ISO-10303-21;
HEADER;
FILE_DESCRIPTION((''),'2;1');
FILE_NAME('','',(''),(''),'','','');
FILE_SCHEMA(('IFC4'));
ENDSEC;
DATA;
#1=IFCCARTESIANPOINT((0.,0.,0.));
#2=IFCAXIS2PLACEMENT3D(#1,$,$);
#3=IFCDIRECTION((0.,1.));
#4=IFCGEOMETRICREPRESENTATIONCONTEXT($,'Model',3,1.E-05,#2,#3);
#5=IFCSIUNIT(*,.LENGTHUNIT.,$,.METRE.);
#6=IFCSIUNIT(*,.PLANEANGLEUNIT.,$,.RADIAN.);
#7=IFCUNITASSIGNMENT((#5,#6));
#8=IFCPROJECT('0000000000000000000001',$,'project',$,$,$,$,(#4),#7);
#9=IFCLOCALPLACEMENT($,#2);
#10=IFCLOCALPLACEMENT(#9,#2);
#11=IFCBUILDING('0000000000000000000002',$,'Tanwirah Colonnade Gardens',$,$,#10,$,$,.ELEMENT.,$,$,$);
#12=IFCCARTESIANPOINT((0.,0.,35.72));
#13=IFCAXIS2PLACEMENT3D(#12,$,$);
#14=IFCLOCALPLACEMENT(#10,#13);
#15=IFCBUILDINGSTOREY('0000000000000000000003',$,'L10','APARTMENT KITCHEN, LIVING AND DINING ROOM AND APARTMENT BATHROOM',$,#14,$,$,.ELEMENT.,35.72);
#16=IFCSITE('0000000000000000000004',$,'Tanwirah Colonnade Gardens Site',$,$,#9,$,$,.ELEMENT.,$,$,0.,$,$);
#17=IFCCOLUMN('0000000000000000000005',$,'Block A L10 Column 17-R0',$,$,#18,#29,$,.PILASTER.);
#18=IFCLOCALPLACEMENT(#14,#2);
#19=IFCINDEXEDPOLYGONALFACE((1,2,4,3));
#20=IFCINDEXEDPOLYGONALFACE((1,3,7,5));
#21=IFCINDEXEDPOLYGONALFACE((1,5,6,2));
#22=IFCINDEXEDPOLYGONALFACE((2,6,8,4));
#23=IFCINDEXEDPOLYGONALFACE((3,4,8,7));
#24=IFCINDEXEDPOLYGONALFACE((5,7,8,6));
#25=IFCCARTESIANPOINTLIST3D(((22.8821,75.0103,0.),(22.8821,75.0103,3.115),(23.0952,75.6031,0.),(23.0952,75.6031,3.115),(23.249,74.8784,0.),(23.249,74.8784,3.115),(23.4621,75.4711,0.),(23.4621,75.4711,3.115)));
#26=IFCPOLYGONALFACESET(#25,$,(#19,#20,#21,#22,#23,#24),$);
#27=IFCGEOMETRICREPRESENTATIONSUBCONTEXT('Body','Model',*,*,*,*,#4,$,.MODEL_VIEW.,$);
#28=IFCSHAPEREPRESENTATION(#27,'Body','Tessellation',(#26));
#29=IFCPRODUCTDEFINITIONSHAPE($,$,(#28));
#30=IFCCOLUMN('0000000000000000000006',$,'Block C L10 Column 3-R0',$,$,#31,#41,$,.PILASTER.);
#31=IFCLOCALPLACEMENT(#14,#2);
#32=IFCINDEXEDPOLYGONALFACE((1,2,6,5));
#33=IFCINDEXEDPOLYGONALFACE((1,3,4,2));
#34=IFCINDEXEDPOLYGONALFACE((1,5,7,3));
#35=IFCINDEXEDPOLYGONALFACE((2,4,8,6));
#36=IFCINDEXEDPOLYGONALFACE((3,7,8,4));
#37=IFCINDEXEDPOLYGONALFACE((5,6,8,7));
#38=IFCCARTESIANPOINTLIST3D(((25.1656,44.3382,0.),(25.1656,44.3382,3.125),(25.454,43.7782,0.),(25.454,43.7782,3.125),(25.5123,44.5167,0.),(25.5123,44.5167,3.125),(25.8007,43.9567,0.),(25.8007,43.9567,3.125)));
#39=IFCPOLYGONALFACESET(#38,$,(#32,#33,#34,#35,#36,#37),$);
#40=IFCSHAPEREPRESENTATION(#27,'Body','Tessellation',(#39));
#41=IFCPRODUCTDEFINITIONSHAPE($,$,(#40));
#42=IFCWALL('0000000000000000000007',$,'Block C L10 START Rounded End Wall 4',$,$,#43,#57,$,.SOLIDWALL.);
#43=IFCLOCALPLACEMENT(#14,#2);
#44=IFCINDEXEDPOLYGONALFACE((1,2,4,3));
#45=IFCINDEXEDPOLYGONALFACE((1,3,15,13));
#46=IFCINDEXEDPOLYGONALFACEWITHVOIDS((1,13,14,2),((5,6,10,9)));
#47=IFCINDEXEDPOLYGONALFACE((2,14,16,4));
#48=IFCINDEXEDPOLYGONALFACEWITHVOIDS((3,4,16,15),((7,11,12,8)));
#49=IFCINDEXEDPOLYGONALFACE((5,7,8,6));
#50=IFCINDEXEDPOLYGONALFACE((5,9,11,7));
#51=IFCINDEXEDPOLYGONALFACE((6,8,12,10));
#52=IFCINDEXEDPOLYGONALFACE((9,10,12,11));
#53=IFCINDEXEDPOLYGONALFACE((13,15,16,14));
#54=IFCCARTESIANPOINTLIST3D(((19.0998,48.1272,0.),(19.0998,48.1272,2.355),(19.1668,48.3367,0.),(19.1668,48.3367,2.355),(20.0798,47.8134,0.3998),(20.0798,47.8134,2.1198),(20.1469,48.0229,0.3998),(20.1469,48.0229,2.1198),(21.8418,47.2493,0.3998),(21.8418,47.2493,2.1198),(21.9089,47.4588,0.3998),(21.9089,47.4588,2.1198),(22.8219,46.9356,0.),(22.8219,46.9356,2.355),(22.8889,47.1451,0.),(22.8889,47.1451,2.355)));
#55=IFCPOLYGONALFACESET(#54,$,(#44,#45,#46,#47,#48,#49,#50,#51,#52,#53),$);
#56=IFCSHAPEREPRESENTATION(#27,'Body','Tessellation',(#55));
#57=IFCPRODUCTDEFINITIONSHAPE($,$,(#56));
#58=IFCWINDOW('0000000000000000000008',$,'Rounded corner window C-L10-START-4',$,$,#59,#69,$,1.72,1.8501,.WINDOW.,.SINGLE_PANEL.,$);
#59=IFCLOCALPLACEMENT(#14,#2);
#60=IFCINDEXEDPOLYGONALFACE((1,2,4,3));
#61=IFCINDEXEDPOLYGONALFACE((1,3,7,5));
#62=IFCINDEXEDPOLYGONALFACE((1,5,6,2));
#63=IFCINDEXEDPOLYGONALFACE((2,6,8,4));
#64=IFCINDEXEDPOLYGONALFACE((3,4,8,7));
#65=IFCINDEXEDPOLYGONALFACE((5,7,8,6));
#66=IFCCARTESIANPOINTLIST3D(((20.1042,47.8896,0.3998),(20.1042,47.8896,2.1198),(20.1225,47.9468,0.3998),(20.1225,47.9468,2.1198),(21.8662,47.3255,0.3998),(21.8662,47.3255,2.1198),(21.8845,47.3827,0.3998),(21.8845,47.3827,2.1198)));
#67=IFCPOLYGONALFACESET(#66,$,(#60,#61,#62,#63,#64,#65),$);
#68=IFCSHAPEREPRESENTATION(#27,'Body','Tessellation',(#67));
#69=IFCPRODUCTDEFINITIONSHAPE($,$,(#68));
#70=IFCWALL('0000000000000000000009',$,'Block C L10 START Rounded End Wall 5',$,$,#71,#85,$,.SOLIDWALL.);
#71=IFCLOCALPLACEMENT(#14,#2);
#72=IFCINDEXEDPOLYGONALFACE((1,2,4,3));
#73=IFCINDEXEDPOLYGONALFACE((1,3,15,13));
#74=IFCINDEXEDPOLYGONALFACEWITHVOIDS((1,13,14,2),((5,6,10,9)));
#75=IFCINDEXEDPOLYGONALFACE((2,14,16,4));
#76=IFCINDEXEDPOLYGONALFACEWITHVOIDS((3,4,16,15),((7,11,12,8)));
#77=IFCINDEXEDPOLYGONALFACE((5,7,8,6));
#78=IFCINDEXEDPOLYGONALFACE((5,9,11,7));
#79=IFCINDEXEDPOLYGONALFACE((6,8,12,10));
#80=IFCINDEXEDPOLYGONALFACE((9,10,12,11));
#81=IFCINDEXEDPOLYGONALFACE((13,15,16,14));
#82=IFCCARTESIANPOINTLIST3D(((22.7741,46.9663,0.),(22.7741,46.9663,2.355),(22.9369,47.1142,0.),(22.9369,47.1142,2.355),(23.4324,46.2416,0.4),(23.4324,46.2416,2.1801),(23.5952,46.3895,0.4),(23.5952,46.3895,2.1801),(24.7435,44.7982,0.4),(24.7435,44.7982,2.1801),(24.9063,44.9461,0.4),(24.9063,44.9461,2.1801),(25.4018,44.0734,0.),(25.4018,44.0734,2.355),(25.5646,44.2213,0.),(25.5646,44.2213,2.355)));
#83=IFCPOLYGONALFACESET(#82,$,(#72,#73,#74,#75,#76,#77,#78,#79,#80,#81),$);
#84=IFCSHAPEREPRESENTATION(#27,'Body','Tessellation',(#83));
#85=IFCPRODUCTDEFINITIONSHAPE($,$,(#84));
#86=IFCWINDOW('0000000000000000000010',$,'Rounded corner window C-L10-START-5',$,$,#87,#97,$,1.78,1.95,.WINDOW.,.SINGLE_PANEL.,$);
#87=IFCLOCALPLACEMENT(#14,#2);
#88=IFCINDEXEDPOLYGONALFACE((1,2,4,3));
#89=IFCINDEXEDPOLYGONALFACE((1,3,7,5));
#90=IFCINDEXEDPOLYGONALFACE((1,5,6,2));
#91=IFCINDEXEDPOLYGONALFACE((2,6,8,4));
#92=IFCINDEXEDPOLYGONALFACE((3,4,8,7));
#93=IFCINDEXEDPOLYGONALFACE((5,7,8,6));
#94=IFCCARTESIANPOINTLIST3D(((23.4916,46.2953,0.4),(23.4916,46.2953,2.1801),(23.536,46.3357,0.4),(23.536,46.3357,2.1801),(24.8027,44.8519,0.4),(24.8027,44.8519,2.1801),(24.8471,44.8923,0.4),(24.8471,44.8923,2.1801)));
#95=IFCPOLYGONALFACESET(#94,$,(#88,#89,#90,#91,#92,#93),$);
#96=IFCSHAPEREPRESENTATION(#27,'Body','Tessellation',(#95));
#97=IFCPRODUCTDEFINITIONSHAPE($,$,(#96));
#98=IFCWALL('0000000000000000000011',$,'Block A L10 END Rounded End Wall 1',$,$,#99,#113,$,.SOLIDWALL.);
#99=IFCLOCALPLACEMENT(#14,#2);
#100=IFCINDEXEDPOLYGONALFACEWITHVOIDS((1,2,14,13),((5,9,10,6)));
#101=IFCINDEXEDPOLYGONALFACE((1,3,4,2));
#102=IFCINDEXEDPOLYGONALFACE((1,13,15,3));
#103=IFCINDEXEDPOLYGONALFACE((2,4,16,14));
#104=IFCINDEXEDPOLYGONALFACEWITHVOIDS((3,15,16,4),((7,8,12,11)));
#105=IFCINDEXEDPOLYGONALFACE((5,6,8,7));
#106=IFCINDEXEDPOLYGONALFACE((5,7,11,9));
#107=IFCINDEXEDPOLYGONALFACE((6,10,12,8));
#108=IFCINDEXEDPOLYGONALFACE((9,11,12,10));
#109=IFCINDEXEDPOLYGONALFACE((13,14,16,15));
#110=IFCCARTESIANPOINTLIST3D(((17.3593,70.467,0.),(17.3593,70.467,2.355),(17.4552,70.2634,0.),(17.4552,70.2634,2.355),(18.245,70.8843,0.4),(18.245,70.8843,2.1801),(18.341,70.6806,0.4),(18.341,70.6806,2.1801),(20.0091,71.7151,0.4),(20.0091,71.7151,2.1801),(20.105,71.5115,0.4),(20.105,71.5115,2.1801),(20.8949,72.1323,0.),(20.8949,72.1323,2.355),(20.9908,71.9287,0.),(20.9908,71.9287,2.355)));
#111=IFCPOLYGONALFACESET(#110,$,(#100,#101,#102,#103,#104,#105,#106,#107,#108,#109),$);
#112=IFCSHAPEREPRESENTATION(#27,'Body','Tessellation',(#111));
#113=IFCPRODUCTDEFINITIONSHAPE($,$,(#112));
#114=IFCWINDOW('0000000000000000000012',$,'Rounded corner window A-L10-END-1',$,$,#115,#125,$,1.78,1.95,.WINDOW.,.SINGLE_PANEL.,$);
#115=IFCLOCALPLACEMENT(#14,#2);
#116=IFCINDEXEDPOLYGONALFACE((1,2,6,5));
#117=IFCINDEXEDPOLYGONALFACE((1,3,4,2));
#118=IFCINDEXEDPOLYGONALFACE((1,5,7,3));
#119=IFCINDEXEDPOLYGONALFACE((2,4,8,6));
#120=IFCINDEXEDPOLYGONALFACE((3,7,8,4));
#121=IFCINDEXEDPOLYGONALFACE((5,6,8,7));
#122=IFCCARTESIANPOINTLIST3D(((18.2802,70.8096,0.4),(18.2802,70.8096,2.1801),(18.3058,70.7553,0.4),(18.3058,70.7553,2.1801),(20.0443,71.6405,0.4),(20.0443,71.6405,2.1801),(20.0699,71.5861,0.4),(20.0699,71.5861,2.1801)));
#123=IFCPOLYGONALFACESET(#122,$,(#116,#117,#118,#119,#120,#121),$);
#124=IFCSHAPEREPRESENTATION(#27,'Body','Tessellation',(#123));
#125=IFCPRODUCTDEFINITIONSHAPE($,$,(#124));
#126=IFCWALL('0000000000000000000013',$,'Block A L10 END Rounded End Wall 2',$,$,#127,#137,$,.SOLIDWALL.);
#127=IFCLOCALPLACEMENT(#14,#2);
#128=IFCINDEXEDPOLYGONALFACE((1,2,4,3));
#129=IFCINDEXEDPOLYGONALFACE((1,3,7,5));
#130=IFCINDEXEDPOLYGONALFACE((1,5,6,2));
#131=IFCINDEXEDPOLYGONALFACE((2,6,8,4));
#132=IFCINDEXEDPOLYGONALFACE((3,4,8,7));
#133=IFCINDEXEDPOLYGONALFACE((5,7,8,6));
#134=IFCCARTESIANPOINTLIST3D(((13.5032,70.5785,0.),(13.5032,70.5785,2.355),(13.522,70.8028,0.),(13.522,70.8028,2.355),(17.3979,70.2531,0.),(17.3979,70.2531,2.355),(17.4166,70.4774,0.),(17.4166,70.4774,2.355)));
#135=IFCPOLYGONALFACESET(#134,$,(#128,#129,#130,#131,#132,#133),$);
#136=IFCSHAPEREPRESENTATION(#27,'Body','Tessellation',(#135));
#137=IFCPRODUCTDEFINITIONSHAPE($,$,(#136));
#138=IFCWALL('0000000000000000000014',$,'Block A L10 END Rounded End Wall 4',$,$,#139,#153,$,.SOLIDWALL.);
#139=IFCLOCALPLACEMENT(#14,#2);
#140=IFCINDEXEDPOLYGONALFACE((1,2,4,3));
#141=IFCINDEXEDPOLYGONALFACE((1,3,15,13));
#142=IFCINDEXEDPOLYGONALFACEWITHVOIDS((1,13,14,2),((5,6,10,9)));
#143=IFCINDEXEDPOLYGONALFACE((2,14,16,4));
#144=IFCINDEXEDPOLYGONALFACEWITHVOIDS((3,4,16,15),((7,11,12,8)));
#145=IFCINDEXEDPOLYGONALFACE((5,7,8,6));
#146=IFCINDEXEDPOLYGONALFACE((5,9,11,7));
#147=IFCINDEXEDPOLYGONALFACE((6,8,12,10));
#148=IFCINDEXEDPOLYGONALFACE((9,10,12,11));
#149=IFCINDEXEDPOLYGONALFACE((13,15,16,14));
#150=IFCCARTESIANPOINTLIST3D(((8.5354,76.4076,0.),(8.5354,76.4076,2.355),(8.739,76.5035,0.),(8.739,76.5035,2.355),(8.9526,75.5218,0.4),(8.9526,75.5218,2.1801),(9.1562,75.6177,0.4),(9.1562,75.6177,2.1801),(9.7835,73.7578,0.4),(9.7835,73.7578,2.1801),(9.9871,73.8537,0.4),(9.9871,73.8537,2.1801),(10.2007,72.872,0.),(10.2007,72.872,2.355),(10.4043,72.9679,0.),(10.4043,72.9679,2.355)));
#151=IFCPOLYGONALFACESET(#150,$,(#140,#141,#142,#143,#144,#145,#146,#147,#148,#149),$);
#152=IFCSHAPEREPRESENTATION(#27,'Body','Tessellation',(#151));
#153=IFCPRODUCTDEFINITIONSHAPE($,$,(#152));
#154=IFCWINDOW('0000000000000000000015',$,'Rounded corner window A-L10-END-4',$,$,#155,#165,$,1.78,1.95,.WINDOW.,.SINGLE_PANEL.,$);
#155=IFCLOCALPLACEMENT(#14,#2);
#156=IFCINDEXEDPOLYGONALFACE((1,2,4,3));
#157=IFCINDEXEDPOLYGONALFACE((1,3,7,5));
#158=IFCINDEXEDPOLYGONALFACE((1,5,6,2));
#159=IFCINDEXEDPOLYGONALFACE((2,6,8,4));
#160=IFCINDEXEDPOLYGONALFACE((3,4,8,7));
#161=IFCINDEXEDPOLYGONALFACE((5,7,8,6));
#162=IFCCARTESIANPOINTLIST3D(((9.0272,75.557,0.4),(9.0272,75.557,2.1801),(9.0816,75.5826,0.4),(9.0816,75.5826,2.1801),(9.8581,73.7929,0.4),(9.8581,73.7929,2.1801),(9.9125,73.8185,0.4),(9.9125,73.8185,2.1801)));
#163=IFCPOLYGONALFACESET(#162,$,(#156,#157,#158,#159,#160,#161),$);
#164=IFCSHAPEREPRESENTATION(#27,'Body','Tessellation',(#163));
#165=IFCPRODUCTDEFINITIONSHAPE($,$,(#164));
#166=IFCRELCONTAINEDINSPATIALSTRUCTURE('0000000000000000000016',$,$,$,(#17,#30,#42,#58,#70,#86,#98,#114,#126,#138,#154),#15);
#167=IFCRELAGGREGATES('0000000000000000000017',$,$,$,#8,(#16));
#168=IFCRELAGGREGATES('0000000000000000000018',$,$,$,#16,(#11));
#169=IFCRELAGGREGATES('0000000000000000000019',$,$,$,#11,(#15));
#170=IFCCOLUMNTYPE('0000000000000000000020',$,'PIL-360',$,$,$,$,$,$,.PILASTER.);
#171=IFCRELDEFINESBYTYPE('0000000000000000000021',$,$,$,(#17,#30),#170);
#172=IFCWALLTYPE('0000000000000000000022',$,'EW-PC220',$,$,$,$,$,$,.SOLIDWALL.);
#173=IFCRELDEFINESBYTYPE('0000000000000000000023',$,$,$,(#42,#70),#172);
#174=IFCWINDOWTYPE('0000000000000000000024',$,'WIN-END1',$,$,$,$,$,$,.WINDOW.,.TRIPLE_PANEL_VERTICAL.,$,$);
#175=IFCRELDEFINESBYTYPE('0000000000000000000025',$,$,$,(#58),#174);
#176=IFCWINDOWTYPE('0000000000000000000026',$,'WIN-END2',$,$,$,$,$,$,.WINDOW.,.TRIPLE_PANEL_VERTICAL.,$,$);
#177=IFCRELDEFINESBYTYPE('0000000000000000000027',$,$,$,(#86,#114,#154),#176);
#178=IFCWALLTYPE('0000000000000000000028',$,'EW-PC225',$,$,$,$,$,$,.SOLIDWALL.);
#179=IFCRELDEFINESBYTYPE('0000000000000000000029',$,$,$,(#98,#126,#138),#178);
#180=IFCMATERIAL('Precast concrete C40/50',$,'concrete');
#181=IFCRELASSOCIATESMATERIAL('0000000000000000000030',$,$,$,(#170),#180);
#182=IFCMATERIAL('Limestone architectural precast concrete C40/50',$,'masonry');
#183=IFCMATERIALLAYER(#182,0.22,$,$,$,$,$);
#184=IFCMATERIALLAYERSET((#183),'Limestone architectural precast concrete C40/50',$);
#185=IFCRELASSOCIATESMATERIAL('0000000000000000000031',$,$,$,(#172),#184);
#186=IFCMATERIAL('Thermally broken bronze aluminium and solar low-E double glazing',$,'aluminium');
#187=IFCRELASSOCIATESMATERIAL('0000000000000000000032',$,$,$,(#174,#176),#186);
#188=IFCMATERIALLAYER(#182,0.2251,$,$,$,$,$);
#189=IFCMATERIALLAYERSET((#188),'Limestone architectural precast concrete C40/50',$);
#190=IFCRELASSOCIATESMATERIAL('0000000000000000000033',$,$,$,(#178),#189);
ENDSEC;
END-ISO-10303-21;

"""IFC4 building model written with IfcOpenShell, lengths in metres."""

from ifc_helpers import new_model, si_unit, direction, frame, frame_2d, origin, origin_2d, place, context, subcontext, project, spatial, rectangle, extrude, material, layer, layer_set, material_profile, profile_set, type_object, element, fill, save


model = new_model("IFC4")

# Units and contexts
model_context = context("Model", 3, precision=1e-05, world=origin(), true_north=direction((0.0, 1.0)))
body_context = subcontext(model_context, "Body", "Model", "MODEL_VIEW")
ifc_project = project(units=[si_unit("LENGTHUNIT", "METRE"), si_unit("PLANEANGLEUNIT", "RADIAN")], contexts=[model_context])

# Site, building, storey
site_placement = place(None, origin())
site = spatial("IfcSite", under=ifc_project, at=site_placement, Name="Tanwirah Colonnade Gardens Site", CompositionType="ELEMENT", RefElevation=0.0)
building_placement = place(site_placement, origin())
building = spatial("IfcBuilding", under=site, at=building_placement, Name="Tanwirah Colonnade Gardens", CompositionType="ELEMENT")
storey_placement = place(building_placement, frame((0.0, 0.0, 35.72)))
storey = spatial("IfcBuildingStorey", under=building, at=storey_placement, Name="L10", Description="APARTMENT KITCHEN, LIVING AND DINING ROOM AND APARTMENT BATHROOM", CompositionType="ELEMENT", Elevation=35.72)

# Columns
ifc_material_1 = material(Name="Precast concrete C40/50", Category="concrete")
ifc_material_profile = material_profile(ifc_material_1, rectangle(XDim=0.3899, YDim=0.6299, at=origin_2d()), Name="PC-PIL 390x630")
ifc_profile_set = profile_set([ifc_material_profile], Name="Precast concrete C40/50")
column_type = type_object("IfcColumnType", Name="PIL-360", PredefinedType="PILASTER", material=ifc_profile_set)
column_1_placement = place(storey_placement, frame((23.1721, 75.2407, 0.0), z_axis=(0.0, 0.0, 1.0), x_axis=(-0.941012, 0.338373, 0.0)))
element("IfcColumn", 1, at=column_1_placement, inside=storey, type_object=column_type, Name="Block A L10 Column 17-R0", PredefinedType="PILASTER", context=body_context, shape_type="SweptSolid", body=[
    extrude(rectangle(XDim=0.3899, YDim=0.6299, at=origin_2d()), origin(), (0.0, 0.0, 1.0), 3.115),
])
column_2_placement = place(storey_placement, frame((25.4832, 44.1475, 0.0), z_axis=(0.0, 0.0, 1.0), x_axis=(-0.889017, -0.457874, 0.0)))
element("IfcColumn", 2, at=column_2_placement, inside=storey, type_object=column_type, Name="Block C L10 Column 3-R0", PredefinedType="PILASTER", context=body_context, shape_type="SweptSolid", body=[
    extrude(rectangle(XDim=0.3899, YDim=0.6299, at=origin_2d()), origin(), (0.0, 0.0, 1.0), 3.125),
])

# Shared definitions
ifc_material_2 = material(Name="Limestone architectural precast concrete C40/50", Category="masonry")
ifc_layer_1 = layer(ifc_material_2, 0.22)
ifc_layer_set_1 = layer_set([ifc_layer_1], Name="Limestone architectural precast concrete C40/50")
wall_type_1 = type_object("IfcWallType", Name="EW-PC220", PredefinedType="SOLIDWALL", material=ifc_layer_set_1)

# Walls, openings, windows
wall_1_placement = place(storey_placement, frame((19.1333, 48.2319, 0.0), z_axis=(0.0, 0.0, 1.0), x_axis=(0.952383, -0.304905, 0.0)))
wall_1 = element("IfcWall", 3, at=wall_1_placement, inside=storey, type_object=wall_type_1, Name="Block C L10 START Rounded End Wall 4", PredefinedType="SOLIDWALL", context=body_context, shape_type="SweptSolid", body=[
    extrude(rectangle(XDim=3.9082, YDim=0.22, at=frame_2d((1.9541, 0.0))), origin(), (0.0, 0.0, 1.0), 2.355),
])
opening_1_placement = place(wall_1_placement, frame((1.0291, 0.0, 0.3999)))
opening_1 = element("IfcOpeningElement", 4, at=opening_1_placement, cuts=wall_1, PredefinedType="OPENING", context=body_context, shape_type="SweptSolid", body=[
    extrude(rectangle(XDim=1.8501, YDim=1.72, at=frame_2d((0.925, 0.8599))), frame((0.0, 0.1199, 0.0), z_axis=(0.0, -1.0, 0.0), x_axis=(1.0, 0.0, 0.0)), (0.0, 0.0, 1.0), 0.24),
])
ifc_material_3 = material(Name="Thermally broken bronze aluminium and solar low-E double glazing", Category="aluminium")
window_type_1 = type_object("IfcWindowType", Name="WIN-END1", PartitioningType="TRIPLE_PANEL_VERTICAL", PredefinedType="WINDOW", material=ifc_material_3)
window_1_placement = place(opening_1_placement, origin())
window_1 = element("IfcWindow", 5, at=window_1_placement, inside=storey, type_object=window_type_1, Name="Rounded corner window C-L10-START-4", OverallHeight=1.72, OverallWidth=1.8501, PartitioningType="SINGLE_PANEL", PredefinedType="WINDOW", context=body_context, shape_type="SweptSolid", body=[
    extrude(rectangle(XDim=1.8501, YDim=1.72, at=frame_2d((0.925, 0.8599))), frame((0.0, 0.03, 0.0), z_axis=(0.0, -1.0, 0.0), x_axis=(1.0, 0.0, 0.0)), (0.0, 0.0, 1.0), 0.0601),
])
fill(opening_1, window_1)
wall_2_placement = place(storey_placement, frame((22.8555, 47.0403, 0.0), z_axis=(0.0, 0.0, 1.0), x_axis=(0.672371, -0.740214, 0.0)))
wall_2 = element("IfcWall", 6, at=wall_2_placement, inside=storey, type_object=wall_type_1, Name="Block C L10 START Rounded End Wall 5", PredefinedType="SOLIDWALL", context=body_context, shape_type="SweptSolid", body=[
    extrude(rectangle(XDim=3.9082, YDim=0.22, at=frame_2d((1.9541, 0.0))), origin(), (0.0, 0.0, 1.0), 2.355),
])
opening_2_placement = place(wall_2_placement, frame((0.979, 0.0, 0.3999)))
opening_2 = element("IfcOpeningElement", 7, at=opening_2_placement, cuts=wall_2, PredefinedType="OPENING", context=body_context, shape_type="SweptSolid", body=[
    extrude(rectangle(XDim=1.95, YDim=1.78, at=frame_2d((0.9751, 0.8901))), frame((0.0, 0.1199, 0.0), z_axis=(0.0, -1.0, 0.0), x_axis=(1.0, 0.0, 0.0)), (0.0, 0.0, 1.0), 0.24),
])
window_type_2 = type_object("IfcWindowType", Name="WIN-END2", PartitioningType="TRIPLE_PANEL_VERTICAL", PredefinedType="WINDOW", material=ifc_material_3)
window_2_placement = place(opening_2_placement, origin())
window_2 = element("IfcWindow", 8, at=window_2_placement, inside=storey, type_object=window_type_2, Name="Rounded corner window C-L10-START-5", OverallHeight=1.78, OverallWidth=1.95, PartitioningType="SINGLE_PANEL", PredefinedType="WINDOW", context=body_context, shape_type="SweptSolid", body=[
    extrude(rectangle(XDim=1.95, YDim=1.78, at=frame_2d((0.9751, 0.8901))), frame((0.0, 0.03, 0.0), z_axis=(0.0, -1.0, 0.0), x_axis=(1.0, 0.0, 0.0)), (0.0, 0.0, 1.0), 0.0601),
])
fill(opening_2, window_2)
ifc_layer_2 = layer(ifc_material_2, 0.2251)
ifc_layer_set_2 = layer_set([ifc_layer_2], Name="Limestone architectural precast concrete C40/50")
wall_type_2 = type_object("IfcWallType", Name="EW-PC225", PredefinedType="SOLIDWALL", material=ifc_layer_set_2)
wall_3_placement = place(storey_placement, frame((20.9429, 72.0305, 0.0), z_axis=(0.0, 0.0, 1.0), x_axis=(-0.904676, -0.426101, 0.0)))
wall_3 = element("IfcWall", 9, at=wall_3_placement, inside=storey, type_object=wall_type_2, Name="Block A L10 END Rounded End Wall 1", PredefinedType="SOLIDWALL", context=body_context, shape_type="SweptSolid", body=[
    extrude(rectangle(XDim=3.9082, YDim=0.2251, at=frame_2d((1.9541, 0.0))), origin(), (0.0, 0.0, 1.0), 2.355),
])
opening_3_placement = place(wall_3_placement, frame((0.979, 0.0, 0.3999)))
opening_3 = element("IfcOpeningElement", 10, at=opening_3_placement, cuts=wall_3, PredefinedType="OPENING", context=body_context, shape_type="SweptSolid", body=[
    extrude(rectangle(XDim=1.95, YDim=1.78, at=frame_2d((0.9751, 0.8901))), frame((0.0, 0.1226, 0.0), z_axis=(0.0, -1.0, 0.0), x_axis=(1.0, 0.0, 0.0)), (0.0, 0.0, 1.0), 0.2451),
])
window_3_placement = place(opening_3_placement, origin())
window_3 = element("IfcWindow", 11, at=window_3_placement, inside=storey, type_object=window_type_2, Name="Rounded corner window A-L10-END-1", OverallHeight=1.78, OverallWidth=1.95, PartitioningType="SINGLE_PANEL", PredefinedType="WINDOW", context=body_context, shape_type="SweptSolid", body=[
    extrude(rectangle(XDim=1.95, YDim=1.78, at=frame_2d((0.9751, 0.8901))), frame((0.0, 0.03, 0.0), z_axis=(0.0, -1.0, 0.0), x_axis=(1.0, 0.0, 0.0)), (0.0, 0.0, 1.0), 0.0601),
])
fill(opening_3, window_3)

# Wall
wall_4_placement = place(storey_placement, frame((17.4072, 70.3652, 0.0), z_axis=(0.0, 0.0, 1.0), x_axis=(-0.996527, 0.083273, 0.0)))
element("IfcWall", 12, at=wall_4_placement, inside=storey, type_object=wall_type_2, Name="Block A L10 END Rounded End Wall 2", PredefinedType="SOLIDWALL", context=body_context, shape_type="SweptSolid", body=[
    extrude(rectangle(XDim=3.9082, YDim=0.2251, at=frame_2d((1.9541, 0.0))), origin(), (0.0, 0.0, 1.0), 2.355),
])

# Wall, opening, window
wall_5_placement = place(storey_placement, frame((10.3025, 72.9199, 0.0), z_axis=(0.0, 0.0, 1.0), x_axis=(-0.426101, 0.904676, 0.0)))
wall_5 = element("IfcWall", 13, at=wall_5_placement, inside=storey, type_object=wall_type_2, Name="Block A L10 END Rounded End Wall 4", PredefinedType="SOLIDWALL", context=body_context, shape_type="SweptSolid", body=[
    extrude(rectangle(XDim=3.9082, YDim=0.2251, at=frame_2d((1.9541, 0.0))), origin(), (0.0, 0.0, 1.0), 2.355),
])
opening_4_placement = place(wall_5_placement, frame((0.979, 0.0, 0.3999)))
opening_4 = element("IfcOpeningElement", 14, at=opening_4_placement, cuts=wall_5, PredefinedType="OPENING", context=body_context, shape_type="SweptSolid", body=[
    extrude(rectangle(XDim=1.95, YDim=1.78, at=frame_2d((0.9751, 0.8901))), frame((0.0, 0.1226, 0.0), z_axis=(0.0, -1.0, 0.0), x_axis=(1.0, 0.0, 0.0)), (0.0, 0.0, 1.0), 0.2451),
])
window_4_placement = place(opening_4_placement, origin())
window_4 = element("IfcWindow", 15, at=window_4_placement, inside=storey, type_object=window_type_2, Name="Rounded corner window A-L10-END-4", OverallHeight=1.78, OverallWidth=1.95, PartitioningType="SINGLE_PANEL", PredefinedType="WINDOW", context=body_context, shape_type="SweptSolid", body=[
    extrude(rectangle(XDim=1.95, YDim=1.78, at=frame_2d((0.9751, 0.8901))), frame((0.0, 0.03, 0.0), z_axis=(0.0, -1.0, 0.0), x_axis=(1.0, 0.0, 0.0)), (0.0, 0.0, 1.0), 0.0601),
])
fill(opening_4, window_4)

save(model, "model.ifc")
